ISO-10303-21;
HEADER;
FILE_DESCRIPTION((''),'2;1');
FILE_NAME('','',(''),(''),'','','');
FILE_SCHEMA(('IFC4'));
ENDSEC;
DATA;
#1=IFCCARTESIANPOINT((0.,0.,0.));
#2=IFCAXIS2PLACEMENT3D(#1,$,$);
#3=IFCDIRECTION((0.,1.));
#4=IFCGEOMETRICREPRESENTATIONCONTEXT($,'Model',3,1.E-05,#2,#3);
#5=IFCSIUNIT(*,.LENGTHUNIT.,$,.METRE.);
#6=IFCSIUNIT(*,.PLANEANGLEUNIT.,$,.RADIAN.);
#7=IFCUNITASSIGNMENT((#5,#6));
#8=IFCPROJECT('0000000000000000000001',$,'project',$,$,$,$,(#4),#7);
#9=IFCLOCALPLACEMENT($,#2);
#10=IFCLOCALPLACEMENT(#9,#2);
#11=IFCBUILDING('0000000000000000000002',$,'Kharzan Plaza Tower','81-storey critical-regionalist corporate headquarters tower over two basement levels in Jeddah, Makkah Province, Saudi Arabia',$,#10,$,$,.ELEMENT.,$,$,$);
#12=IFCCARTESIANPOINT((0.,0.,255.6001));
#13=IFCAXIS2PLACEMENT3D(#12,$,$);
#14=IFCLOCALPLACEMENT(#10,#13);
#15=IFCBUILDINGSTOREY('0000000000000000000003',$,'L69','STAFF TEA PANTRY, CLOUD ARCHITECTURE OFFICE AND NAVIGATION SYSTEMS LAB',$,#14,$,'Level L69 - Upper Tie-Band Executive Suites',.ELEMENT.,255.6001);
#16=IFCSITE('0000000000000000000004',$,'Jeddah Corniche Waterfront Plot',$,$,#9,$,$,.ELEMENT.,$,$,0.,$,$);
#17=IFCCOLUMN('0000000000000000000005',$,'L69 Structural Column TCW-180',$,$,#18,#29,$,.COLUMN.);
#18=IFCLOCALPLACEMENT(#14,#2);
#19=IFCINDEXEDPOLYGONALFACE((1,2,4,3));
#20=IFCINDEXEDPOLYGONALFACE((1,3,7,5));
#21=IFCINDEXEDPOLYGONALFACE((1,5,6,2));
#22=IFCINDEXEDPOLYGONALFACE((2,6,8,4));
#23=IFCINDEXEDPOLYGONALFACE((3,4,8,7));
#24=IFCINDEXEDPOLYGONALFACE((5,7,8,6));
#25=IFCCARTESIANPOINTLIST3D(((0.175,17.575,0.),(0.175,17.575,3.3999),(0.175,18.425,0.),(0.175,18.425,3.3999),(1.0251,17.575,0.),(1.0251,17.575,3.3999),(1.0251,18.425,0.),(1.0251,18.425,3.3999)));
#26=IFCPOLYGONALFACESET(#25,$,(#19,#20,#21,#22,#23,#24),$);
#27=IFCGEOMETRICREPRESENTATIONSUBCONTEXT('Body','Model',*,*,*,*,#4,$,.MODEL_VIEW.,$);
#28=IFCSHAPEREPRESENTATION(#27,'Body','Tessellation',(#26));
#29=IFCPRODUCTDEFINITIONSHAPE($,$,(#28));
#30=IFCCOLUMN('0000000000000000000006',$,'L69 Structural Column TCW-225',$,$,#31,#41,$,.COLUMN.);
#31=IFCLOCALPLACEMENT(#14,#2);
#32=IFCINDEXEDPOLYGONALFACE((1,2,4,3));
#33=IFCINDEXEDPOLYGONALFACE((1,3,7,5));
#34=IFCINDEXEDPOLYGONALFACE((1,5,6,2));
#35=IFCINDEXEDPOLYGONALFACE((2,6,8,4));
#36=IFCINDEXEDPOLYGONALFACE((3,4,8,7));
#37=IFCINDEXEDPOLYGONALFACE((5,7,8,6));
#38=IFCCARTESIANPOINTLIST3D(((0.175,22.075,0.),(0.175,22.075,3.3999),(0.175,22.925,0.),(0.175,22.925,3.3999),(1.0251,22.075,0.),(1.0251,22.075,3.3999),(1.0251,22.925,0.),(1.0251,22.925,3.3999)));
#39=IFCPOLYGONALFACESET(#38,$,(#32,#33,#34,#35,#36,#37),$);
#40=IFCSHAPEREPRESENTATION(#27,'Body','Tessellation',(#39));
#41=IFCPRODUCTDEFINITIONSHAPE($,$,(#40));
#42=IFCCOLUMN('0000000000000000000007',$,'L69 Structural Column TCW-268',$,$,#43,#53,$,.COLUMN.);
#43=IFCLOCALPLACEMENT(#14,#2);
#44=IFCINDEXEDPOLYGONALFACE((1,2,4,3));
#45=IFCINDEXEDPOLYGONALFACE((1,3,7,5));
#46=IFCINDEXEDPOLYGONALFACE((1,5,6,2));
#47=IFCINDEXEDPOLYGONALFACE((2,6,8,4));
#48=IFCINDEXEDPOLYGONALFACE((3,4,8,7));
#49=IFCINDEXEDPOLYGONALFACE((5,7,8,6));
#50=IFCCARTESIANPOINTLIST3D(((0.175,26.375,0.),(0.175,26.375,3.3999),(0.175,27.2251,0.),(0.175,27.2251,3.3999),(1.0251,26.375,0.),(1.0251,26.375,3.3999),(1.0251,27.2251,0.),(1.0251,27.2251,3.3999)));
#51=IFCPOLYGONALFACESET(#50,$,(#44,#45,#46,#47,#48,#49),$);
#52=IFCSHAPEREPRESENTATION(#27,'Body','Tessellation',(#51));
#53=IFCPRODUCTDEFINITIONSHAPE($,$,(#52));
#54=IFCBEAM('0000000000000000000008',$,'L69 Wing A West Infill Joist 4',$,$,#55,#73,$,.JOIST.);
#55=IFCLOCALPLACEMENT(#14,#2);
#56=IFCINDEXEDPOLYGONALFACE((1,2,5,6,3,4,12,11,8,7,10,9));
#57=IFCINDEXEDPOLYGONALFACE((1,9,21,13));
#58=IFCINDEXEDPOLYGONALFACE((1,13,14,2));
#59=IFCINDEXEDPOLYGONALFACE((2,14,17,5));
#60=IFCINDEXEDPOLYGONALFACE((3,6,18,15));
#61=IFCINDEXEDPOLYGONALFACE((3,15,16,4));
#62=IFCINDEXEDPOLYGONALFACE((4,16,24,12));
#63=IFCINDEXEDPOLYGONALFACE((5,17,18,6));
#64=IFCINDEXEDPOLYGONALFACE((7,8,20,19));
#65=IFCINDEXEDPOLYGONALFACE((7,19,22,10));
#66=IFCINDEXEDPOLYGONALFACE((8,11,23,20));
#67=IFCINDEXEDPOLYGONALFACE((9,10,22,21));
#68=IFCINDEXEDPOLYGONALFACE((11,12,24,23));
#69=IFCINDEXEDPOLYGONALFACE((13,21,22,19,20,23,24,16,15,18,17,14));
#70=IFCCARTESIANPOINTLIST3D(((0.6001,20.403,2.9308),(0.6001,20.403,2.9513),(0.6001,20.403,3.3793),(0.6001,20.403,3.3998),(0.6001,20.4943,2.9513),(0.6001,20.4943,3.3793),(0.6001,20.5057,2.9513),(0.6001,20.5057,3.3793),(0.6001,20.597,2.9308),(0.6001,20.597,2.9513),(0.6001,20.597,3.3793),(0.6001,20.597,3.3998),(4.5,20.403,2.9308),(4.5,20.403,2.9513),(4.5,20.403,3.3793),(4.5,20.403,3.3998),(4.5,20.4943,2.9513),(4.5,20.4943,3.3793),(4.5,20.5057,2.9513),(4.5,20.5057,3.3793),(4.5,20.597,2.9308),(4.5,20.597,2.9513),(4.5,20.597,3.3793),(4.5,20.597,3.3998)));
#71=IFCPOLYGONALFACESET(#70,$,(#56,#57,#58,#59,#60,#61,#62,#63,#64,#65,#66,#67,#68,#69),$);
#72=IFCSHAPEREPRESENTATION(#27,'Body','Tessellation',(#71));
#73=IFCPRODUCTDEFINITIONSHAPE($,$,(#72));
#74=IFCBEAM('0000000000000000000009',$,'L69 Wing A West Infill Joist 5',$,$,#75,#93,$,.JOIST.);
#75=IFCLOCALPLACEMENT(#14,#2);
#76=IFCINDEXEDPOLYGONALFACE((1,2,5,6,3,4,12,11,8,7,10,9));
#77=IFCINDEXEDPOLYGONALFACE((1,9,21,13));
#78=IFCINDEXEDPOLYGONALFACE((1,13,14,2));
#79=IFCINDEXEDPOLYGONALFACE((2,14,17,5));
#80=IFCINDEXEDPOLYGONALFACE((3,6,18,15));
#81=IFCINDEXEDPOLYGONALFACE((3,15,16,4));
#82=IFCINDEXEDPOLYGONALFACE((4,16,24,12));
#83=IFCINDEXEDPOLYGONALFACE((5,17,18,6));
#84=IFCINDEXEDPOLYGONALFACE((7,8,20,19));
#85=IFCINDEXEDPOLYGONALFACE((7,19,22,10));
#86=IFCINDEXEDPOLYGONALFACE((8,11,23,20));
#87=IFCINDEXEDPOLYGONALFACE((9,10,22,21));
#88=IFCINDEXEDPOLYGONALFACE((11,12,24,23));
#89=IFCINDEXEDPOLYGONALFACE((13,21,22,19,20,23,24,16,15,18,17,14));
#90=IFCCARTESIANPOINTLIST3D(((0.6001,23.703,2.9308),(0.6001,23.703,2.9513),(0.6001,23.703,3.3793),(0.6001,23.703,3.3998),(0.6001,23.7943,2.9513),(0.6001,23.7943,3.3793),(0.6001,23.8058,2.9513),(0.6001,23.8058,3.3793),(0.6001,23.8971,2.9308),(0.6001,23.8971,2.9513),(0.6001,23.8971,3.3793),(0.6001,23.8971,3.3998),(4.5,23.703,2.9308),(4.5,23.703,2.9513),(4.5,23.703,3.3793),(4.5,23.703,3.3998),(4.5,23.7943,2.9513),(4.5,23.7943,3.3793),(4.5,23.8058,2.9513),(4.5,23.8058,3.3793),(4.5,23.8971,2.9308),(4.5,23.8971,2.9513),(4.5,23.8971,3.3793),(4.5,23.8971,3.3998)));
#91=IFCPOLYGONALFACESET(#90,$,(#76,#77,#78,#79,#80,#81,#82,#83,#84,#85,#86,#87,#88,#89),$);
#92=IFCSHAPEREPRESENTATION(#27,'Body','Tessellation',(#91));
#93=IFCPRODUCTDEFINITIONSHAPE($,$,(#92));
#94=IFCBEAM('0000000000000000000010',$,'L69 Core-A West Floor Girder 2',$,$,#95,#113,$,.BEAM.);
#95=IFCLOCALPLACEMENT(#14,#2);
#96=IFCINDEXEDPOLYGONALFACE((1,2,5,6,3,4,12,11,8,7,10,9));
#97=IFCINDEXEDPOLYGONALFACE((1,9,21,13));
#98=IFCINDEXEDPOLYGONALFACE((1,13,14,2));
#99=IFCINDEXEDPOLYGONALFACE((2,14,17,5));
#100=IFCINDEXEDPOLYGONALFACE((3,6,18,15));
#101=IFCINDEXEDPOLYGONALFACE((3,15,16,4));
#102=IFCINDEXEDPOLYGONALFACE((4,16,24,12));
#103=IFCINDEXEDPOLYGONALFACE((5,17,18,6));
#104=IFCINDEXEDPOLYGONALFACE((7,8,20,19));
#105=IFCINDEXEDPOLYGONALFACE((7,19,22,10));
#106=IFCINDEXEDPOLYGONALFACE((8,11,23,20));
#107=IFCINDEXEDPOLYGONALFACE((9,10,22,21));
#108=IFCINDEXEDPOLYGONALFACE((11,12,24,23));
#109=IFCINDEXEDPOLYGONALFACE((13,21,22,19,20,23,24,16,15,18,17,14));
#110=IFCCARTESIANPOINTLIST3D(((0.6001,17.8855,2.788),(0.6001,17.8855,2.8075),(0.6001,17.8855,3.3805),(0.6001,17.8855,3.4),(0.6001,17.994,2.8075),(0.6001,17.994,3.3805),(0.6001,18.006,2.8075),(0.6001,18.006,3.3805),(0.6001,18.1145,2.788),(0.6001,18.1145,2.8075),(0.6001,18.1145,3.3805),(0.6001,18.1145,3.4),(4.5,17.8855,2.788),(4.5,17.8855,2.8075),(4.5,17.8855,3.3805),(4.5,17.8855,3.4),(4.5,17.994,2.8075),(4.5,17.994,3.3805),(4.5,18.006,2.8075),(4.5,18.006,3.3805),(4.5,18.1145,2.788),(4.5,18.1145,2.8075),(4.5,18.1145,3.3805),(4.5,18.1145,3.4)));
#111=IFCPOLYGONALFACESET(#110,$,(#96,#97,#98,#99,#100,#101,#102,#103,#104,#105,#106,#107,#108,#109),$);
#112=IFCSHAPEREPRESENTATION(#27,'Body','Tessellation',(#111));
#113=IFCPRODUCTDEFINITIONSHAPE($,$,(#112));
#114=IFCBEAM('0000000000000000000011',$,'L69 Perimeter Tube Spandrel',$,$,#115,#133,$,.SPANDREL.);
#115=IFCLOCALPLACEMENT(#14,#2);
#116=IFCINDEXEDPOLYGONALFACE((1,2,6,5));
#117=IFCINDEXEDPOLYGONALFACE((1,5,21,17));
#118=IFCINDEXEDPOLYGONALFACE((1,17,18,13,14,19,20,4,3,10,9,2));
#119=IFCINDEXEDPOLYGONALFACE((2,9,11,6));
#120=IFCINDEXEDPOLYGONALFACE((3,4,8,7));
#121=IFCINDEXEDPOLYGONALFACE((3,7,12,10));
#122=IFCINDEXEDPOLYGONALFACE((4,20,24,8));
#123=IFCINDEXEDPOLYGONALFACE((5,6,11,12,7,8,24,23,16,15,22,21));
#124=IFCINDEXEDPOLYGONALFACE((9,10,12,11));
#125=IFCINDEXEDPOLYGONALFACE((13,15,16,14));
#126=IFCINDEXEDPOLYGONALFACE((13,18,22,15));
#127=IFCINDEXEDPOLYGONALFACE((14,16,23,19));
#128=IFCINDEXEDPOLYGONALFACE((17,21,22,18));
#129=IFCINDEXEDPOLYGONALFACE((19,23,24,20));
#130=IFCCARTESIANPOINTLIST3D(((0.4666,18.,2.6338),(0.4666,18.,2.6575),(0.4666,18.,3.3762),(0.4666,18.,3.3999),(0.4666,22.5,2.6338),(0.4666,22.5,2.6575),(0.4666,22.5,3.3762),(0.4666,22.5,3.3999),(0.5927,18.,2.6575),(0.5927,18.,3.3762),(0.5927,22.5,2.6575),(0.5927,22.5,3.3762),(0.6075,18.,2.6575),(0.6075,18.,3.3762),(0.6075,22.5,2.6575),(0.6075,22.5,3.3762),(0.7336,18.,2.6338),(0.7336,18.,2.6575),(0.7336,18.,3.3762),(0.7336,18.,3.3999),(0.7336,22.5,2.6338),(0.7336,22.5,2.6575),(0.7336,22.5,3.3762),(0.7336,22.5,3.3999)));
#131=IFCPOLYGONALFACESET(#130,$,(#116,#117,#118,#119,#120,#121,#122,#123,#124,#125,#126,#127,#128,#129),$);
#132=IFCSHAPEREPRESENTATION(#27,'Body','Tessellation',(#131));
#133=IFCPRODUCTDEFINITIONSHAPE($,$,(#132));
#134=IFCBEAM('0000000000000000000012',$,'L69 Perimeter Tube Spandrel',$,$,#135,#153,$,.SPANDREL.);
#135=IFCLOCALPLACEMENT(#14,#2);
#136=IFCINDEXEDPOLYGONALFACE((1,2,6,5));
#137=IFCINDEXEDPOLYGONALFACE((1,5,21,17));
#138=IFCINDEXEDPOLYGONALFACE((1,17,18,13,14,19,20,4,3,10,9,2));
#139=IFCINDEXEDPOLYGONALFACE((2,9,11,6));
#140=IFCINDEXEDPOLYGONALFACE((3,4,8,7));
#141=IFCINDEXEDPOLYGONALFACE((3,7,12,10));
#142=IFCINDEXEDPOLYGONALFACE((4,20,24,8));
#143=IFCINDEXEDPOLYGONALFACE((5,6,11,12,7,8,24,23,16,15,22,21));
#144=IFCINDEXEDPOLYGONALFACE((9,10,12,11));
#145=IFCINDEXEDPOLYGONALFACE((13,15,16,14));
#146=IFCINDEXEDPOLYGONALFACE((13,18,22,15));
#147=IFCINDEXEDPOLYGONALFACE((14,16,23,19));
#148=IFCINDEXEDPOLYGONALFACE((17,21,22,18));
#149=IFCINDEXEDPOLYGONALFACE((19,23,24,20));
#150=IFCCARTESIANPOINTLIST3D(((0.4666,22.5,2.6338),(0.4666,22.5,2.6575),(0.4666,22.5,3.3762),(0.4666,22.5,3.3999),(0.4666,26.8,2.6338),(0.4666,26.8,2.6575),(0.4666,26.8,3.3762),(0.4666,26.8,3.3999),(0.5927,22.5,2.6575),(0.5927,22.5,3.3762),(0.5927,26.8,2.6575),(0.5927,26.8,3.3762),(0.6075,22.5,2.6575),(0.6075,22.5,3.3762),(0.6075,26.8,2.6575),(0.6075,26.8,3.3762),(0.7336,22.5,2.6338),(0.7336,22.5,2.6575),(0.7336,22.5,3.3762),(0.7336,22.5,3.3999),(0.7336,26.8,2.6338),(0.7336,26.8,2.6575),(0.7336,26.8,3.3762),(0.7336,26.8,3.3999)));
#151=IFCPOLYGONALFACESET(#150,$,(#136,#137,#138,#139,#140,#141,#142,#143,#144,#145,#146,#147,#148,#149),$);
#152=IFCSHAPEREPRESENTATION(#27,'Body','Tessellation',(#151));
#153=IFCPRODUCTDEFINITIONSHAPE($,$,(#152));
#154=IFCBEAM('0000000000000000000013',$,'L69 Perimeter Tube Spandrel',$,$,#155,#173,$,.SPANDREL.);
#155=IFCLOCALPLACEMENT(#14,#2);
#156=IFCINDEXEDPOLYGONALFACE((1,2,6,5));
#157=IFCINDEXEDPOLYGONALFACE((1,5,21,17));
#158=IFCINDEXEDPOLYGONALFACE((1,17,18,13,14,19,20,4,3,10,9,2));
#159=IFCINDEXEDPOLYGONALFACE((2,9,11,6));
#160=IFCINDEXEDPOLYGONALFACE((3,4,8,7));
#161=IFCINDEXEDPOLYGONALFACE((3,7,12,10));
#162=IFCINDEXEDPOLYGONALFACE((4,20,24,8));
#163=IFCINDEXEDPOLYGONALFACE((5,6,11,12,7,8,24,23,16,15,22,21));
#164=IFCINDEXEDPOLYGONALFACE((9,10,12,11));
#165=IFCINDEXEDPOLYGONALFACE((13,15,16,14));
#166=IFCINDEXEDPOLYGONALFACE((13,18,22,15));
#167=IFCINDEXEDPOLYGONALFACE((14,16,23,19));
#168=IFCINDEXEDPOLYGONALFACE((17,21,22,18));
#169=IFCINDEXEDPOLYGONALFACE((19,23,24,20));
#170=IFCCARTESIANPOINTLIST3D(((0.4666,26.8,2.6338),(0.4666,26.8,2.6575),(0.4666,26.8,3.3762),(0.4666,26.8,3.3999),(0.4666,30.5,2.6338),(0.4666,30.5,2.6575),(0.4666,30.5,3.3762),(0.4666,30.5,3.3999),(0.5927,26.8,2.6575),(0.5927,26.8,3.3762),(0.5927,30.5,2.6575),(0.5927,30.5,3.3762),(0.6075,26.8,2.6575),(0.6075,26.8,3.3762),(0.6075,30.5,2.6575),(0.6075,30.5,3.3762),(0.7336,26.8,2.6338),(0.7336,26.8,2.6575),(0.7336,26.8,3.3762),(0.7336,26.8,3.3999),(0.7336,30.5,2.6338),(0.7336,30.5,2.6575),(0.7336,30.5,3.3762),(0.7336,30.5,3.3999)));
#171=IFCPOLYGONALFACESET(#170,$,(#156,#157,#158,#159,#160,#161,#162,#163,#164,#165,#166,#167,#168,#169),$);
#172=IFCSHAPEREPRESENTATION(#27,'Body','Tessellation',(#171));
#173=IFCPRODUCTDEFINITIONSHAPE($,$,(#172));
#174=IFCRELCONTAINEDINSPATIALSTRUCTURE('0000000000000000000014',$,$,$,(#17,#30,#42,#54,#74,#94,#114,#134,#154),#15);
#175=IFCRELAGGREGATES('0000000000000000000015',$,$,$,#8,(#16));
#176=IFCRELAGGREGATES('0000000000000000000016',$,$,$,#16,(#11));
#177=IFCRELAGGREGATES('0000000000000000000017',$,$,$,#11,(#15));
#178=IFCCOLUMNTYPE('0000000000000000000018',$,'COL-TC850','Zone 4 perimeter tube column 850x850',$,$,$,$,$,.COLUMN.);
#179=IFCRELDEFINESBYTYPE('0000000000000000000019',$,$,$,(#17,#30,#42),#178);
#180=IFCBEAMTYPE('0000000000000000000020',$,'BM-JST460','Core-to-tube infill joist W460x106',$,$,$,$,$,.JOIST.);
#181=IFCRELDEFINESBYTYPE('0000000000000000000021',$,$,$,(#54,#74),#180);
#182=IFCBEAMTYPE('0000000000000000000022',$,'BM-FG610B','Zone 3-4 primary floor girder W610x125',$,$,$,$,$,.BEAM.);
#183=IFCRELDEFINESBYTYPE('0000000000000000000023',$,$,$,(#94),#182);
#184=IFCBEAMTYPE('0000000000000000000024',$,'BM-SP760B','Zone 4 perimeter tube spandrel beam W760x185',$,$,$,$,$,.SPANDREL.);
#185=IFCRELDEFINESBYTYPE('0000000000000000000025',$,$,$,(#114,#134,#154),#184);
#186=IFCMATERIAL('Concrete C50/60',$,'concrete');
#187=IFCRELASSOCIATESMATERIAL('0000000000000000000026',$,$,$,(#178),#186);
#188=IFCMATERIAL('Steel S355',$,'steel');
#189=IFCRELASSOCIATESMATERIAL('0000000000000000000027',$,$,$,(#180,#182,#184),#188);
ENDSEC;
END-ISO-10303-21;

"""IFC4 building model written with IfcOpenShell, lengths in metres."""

from ifc_helpers import new_model, si_unit, direction, frame, origin, origin_2d, place, context, subcontext, project, spatial, rectangle, i_section, extrude, source, transform, mapped, material, material_profile, profile_set, type_object, element, save


model = new_model("IFC4")

# Units and contexts
model_context = context("Model", 3, precision=1e-05, world=origin(), true_north=direction((0.0, 1.0)))
body_context = subcontext(model_context, "Body", "Model", "MODEL_VIEW")
ifc_project = project(units=[si_unit("LENGTHUNIT", "METRE"), si_unit("PLANEANGLEUNIT", "RADIAN")], contexts=[model_context])

# Site, building, storey
site_placement = place(None, origin())
site = spatial("IfcSite", under=ifc_project, at=site_placement, Name="Jeddah Corniche Waterfront Plot", CompositionType="ELEMENT", RefElevation=0.0)
building_placement = place(site_placement, origin())
building = spatial("IfcBuilding", under=site, at=building_placement, Name="Kharzan Plaza Tower", Description="81-storey critical-regionalist corporate headquarters tower over two basement levels in Jeddah, Makkah Province, Saudi Arabia", CompositionType="ELEMENT")
storey_placement = place(building_placement, frame((0.0, 0.0, 255.6001)))
storey = spatial("IfcBuildingStorey", under=building, at=storey_placement, Name="L69", Description="STAFF TEA PANTRY, CLOUD ARCHITECTURE OFFICE AND NAVIGATION SYSTEMS LAB", LongName="Level L69 - Upper Tie-Band Executive Suites", CompositionType="ELEMENT", Elevation=255.6001)

# Columns
ifc_material_1 = material(Name="Concrete C50/60", Category="concrete")
ifc_material_profile_1 = material_profile(ifc_material_1, rectangle(XDim=0.8501, YDim=0.8501, at=origin_2d()), Name="RC-TC850x850")
ifc_profile_set_1 = profile_set([ifc_material_profile_1], Name="Concrete C50/60")
column_type = type_object("IfcColumnType", Name="COL-TC850", Description="Zone 4 perimeter tube column 850x850", PredefinedType="COLUMN", material=ifc_profile_set_1)
shared_shape_1 = source(origin(), body_context, "Body", "SweptSolid", [
    extrude(rectangle(XDim=0.8501, YDim=0.8501, at=origin_2d()), origin(), (0.0, 0.0, 1.0), 3.3999),
])
for number, where, z_axis, x_axis, name in (
    (1, (0.6001, 18.0, 0.0), (0.0, 0.0, 1.0), (1.0, 0.0, 0.0), "L69 Structural Column TCW-180"),
    (2, (0.6001, 22.5, 0.0), (0.0, 0.0, 1.0), (1.0, 0.0, 0.0), "L69 Structural Column TCW-225"),
    (3, (0.6001, 26.8, 0.0), (0.0, 0.0, 1.0), (1.0, 0.0, 0.0), "L69 Structural Column TCW-268"),
):
    element("IfcColumn", number, at=place(storey_placement, frame(where, z_axis=z_axis, x_axis=x_axis)), inside=storey, type_object=column_type, Name=name, PredefinedType="COLUMN", context=body_context, shape_type="MappedRepresentation", body=[
        mapped(shared_shape_1, transform((0.0, 0.0, 0.0), x_axis=(1.0, 0.0, 0.0), y_axis=(0.0, 1.0, 0.0), z_axis=(0.0, 0.0, 1.0))),
    ])

# Beams
ifc_material_2 = material(Name="Steel S355", Category="steel")
ifc_material_profile_2 = material_profile(ifc_material_2, i_section(OverallWidth=0.1941, OverallDepth=0.469, WebThickness=0.0115, FlangeThickness=0.0205, at=origin_2d()), Name="W460x106")
ifc_profile_set_2 = profile_set([ifc_material_profile_2], Name="Steel S355")
beam_type_1 = type_object("IfcBeamType", Name="BM-JST460", Description="Core-to-tube infill joist W460x106", PredefinedType="JOIST", material=ifc_profile_set_2)
shared_shape_2 = source(origin(), body_context, "Body", "SweptSolid", [
    extrude(i_section(OverallWidth=0.1941, OverallDepth=0.469, WebThickness=0.0115, FlangeThickness=0.0205, at=origin_2d()), origin(), (0.0, 0.0, 1.0), 3.8999),
])
for number, where, z_axis, x_axis, name in (
    (4, (0.6001, 20.5, 3.1653), (1.0, 0.0, 0.0), (0.0, 1.0, 0.0), "L69 Wing A West Infill Joist 4"),
    (5, (0.6001, 23.8, 3.1653), (1.0, 0.0, 0.0), (0.0, 1.0, 0.0), "L69 Wing A West Infill Joist 5"),
):
    element("IfcBeam", number, at=place(storey_placement, frame(where, z_axis=z_axis, x_axis=x_axis)), inside=storey, type_object=beam_type_1, Name=name, PredefinedType="JOIST", context=body_context, shape_type="MappedRepresentation", body=[
        mapped(shared_shape_2, transform((0.0, 0.0, 0.0), x_axis=(1.0, 0.0, 0.0), y_axis=(0.0, 1.0, 0.0), z_axis=(0.0, 0.0, 1.0))),
    ])
ifc_material_profile_3 = material_profile(ifc_material_2, i_section(OverallWidth=0.229, OverallDepth=0.6121, WebThickness=0.012, FlangeThickness=0.0195, at=origin_2d()), Name="W610x125")
ifc_profile_set_3 = profile_set([ifc_material_profile_3], Name="Steel S355")
beam_type_2 = type_object("IfcBeamType", Name="BM-FG610B", Description="Zone 3-4 primary floor girder W610x125", PredefinedType="BEAM", material=ifc_profile_set_3)
shared_shape_3 = source(origin(), body_context, "Body", "SweptSolid", [
    extrude(i_section(OverallWidth=0.229, OverallDepth=0.6121, WebThickness=0.012, FlangeThickness=0.0195, at=origin_2d()), origin(), (0.0, 0.0, 1.0), 3.8999),
])
beam_1_placement = place(storey_placement, frame((0.6001, 18.0, 3.094), z_axis=(1.0, 0.0, 0.0), x_axis=(0.0, 1.0, 0.0)))
element("IfcBeam", 6, at=beam_1_placement, inside=storey, type_object=beam_type_2, Name="L69 Core-A West Floor Girder 2", PredefinedType="BEAM", context=body_context, shape_type="MappedRepresentation", body=[
    mapped(shared_shape_3, transform((0.0, 0.0, 0.0), x_axis=(1.0, 0.0, 0.0), y_axis=(0.0, 1.0, 0.0), z_axis=(0.0, 0.0, 1.0))),
])
ifc_material_profile_4 = material_profile(ifc_material_2, i_section(OverallWidth=0.2671, OverallDepth=0.7661, WebThickness=0.0149, FlangeThickness=0.0237, at=origin_2d()), Name="W760x185")
ifc_profile_set_4 = profile_set([ifc_material_profile_4], Name="Steel S355")
beam_type_3 = type_object("IfcBeamType", Name="BM-SP760B", Description="Zone 4 perimeter tube spandrel beam W760x185", PredefinedType="SPANDREL", material=ifc_profile_set_4)
shared_shape_4 = source(origin(), body_context, "Body", "SweptSolid", [
    extrude(i_section(OverallWidth=0.2671, OverallDepth=0.7661, WebThickness=0.0149, FlangeThickness=0.0237, at=origin_2d()), origin(), (0.0, 0.0, 1.0), 4.5),
])
beam_2_placement = place(storey_placement, frame((0.6001, 18.0, 3.0168), z_axis=(0.0, 1.0, 0.0), x_axis=(-1.0, 0.0, 0.0)))
element("IfcBeam", 7, at=beam_2_placement, inside=storey, type_object=beam_type_3, Name="L69 Perimeter Tube Spandrel", PredefinedType="SPANDREL", context=body_context, shape_type="MappedRepresentation", body=[
    mapped(shared_shape_4, transform((0.0, 0.0, 0.0), x_axis=(1.0, 0.0, 0.0), y_axis=(0.0, 1.0, 0.0), z_axis=(0.0, 0.0, 1.0))),
])
shared_shape_5 = source(origin(), body_context, "Body", "SweptSolid", [
    extrude(i_section(OverallWidth=0.2671, OverallDepth=0.7661, WebThickness=0.0149, FlangeThickness=0.0237, at=origin_2d()), origin(), (0.0, 0.0, 1.0), 4.3),
])
beam_3_placement = place(storey_placement, frame((0.6001, 22.5, 3.0168), z_axis=(0.0, 1.0, 0.0), x_axis=(-1.0, 0.0, 0.0)))
element("IfcBeam", 8, at=beam_3_placement, inside=storey, type_object=beam_type_3, Name="L69 Perimeter Tube Spandrel", PredefinedType="SPANDREL", context=body_context, shape_type="MappedRepresentation", body=[
    mapped(shared_shape_5, transform((0.0, 0.0, 0.0), x_axis=(1.0, 0.0, 0.0), y_axis=(0.0, 1.0, 0.0), z_axis=(0.0, 0.0, 1.0))),
])
shared_shape_6 = source(origin(), body_context, "Body", "SweptSolid", [
    extrude(i_section(OverallWidth=0.2671, OverallDepth=0.7661, WebThickness=0.0149, FlangeThickness=0.0237, at=origin_2d()), origin(), (0.0, 0.0, 1.0), 3.7),
])
beam_4_placement = place(storey_placement, frame((0.6001, 26.8, 3.0168), z_axis=(0.0, 1.0, 0.0), x_axis=(-1.0, 0.0, 0.0)))
element("IfcBeam", 9, at=beam_4_placement, inside=storey, type_object=beam_type_3, Name="L69 Perimeter Tube Spandrel", PredefinedType="SPANDREL", context=body_context, shape_type="MappedRepresentation", body=[
    mapped(shared_shape_6, transform((0.0, 0.0, 0.0), x_axis=(1.0, 0.0, 0.0), y_axis=(0.0, 1.0, 0.0), z_axis=(0.0, 0.0, 1.0))),
])

save(model, "model.ifc")
